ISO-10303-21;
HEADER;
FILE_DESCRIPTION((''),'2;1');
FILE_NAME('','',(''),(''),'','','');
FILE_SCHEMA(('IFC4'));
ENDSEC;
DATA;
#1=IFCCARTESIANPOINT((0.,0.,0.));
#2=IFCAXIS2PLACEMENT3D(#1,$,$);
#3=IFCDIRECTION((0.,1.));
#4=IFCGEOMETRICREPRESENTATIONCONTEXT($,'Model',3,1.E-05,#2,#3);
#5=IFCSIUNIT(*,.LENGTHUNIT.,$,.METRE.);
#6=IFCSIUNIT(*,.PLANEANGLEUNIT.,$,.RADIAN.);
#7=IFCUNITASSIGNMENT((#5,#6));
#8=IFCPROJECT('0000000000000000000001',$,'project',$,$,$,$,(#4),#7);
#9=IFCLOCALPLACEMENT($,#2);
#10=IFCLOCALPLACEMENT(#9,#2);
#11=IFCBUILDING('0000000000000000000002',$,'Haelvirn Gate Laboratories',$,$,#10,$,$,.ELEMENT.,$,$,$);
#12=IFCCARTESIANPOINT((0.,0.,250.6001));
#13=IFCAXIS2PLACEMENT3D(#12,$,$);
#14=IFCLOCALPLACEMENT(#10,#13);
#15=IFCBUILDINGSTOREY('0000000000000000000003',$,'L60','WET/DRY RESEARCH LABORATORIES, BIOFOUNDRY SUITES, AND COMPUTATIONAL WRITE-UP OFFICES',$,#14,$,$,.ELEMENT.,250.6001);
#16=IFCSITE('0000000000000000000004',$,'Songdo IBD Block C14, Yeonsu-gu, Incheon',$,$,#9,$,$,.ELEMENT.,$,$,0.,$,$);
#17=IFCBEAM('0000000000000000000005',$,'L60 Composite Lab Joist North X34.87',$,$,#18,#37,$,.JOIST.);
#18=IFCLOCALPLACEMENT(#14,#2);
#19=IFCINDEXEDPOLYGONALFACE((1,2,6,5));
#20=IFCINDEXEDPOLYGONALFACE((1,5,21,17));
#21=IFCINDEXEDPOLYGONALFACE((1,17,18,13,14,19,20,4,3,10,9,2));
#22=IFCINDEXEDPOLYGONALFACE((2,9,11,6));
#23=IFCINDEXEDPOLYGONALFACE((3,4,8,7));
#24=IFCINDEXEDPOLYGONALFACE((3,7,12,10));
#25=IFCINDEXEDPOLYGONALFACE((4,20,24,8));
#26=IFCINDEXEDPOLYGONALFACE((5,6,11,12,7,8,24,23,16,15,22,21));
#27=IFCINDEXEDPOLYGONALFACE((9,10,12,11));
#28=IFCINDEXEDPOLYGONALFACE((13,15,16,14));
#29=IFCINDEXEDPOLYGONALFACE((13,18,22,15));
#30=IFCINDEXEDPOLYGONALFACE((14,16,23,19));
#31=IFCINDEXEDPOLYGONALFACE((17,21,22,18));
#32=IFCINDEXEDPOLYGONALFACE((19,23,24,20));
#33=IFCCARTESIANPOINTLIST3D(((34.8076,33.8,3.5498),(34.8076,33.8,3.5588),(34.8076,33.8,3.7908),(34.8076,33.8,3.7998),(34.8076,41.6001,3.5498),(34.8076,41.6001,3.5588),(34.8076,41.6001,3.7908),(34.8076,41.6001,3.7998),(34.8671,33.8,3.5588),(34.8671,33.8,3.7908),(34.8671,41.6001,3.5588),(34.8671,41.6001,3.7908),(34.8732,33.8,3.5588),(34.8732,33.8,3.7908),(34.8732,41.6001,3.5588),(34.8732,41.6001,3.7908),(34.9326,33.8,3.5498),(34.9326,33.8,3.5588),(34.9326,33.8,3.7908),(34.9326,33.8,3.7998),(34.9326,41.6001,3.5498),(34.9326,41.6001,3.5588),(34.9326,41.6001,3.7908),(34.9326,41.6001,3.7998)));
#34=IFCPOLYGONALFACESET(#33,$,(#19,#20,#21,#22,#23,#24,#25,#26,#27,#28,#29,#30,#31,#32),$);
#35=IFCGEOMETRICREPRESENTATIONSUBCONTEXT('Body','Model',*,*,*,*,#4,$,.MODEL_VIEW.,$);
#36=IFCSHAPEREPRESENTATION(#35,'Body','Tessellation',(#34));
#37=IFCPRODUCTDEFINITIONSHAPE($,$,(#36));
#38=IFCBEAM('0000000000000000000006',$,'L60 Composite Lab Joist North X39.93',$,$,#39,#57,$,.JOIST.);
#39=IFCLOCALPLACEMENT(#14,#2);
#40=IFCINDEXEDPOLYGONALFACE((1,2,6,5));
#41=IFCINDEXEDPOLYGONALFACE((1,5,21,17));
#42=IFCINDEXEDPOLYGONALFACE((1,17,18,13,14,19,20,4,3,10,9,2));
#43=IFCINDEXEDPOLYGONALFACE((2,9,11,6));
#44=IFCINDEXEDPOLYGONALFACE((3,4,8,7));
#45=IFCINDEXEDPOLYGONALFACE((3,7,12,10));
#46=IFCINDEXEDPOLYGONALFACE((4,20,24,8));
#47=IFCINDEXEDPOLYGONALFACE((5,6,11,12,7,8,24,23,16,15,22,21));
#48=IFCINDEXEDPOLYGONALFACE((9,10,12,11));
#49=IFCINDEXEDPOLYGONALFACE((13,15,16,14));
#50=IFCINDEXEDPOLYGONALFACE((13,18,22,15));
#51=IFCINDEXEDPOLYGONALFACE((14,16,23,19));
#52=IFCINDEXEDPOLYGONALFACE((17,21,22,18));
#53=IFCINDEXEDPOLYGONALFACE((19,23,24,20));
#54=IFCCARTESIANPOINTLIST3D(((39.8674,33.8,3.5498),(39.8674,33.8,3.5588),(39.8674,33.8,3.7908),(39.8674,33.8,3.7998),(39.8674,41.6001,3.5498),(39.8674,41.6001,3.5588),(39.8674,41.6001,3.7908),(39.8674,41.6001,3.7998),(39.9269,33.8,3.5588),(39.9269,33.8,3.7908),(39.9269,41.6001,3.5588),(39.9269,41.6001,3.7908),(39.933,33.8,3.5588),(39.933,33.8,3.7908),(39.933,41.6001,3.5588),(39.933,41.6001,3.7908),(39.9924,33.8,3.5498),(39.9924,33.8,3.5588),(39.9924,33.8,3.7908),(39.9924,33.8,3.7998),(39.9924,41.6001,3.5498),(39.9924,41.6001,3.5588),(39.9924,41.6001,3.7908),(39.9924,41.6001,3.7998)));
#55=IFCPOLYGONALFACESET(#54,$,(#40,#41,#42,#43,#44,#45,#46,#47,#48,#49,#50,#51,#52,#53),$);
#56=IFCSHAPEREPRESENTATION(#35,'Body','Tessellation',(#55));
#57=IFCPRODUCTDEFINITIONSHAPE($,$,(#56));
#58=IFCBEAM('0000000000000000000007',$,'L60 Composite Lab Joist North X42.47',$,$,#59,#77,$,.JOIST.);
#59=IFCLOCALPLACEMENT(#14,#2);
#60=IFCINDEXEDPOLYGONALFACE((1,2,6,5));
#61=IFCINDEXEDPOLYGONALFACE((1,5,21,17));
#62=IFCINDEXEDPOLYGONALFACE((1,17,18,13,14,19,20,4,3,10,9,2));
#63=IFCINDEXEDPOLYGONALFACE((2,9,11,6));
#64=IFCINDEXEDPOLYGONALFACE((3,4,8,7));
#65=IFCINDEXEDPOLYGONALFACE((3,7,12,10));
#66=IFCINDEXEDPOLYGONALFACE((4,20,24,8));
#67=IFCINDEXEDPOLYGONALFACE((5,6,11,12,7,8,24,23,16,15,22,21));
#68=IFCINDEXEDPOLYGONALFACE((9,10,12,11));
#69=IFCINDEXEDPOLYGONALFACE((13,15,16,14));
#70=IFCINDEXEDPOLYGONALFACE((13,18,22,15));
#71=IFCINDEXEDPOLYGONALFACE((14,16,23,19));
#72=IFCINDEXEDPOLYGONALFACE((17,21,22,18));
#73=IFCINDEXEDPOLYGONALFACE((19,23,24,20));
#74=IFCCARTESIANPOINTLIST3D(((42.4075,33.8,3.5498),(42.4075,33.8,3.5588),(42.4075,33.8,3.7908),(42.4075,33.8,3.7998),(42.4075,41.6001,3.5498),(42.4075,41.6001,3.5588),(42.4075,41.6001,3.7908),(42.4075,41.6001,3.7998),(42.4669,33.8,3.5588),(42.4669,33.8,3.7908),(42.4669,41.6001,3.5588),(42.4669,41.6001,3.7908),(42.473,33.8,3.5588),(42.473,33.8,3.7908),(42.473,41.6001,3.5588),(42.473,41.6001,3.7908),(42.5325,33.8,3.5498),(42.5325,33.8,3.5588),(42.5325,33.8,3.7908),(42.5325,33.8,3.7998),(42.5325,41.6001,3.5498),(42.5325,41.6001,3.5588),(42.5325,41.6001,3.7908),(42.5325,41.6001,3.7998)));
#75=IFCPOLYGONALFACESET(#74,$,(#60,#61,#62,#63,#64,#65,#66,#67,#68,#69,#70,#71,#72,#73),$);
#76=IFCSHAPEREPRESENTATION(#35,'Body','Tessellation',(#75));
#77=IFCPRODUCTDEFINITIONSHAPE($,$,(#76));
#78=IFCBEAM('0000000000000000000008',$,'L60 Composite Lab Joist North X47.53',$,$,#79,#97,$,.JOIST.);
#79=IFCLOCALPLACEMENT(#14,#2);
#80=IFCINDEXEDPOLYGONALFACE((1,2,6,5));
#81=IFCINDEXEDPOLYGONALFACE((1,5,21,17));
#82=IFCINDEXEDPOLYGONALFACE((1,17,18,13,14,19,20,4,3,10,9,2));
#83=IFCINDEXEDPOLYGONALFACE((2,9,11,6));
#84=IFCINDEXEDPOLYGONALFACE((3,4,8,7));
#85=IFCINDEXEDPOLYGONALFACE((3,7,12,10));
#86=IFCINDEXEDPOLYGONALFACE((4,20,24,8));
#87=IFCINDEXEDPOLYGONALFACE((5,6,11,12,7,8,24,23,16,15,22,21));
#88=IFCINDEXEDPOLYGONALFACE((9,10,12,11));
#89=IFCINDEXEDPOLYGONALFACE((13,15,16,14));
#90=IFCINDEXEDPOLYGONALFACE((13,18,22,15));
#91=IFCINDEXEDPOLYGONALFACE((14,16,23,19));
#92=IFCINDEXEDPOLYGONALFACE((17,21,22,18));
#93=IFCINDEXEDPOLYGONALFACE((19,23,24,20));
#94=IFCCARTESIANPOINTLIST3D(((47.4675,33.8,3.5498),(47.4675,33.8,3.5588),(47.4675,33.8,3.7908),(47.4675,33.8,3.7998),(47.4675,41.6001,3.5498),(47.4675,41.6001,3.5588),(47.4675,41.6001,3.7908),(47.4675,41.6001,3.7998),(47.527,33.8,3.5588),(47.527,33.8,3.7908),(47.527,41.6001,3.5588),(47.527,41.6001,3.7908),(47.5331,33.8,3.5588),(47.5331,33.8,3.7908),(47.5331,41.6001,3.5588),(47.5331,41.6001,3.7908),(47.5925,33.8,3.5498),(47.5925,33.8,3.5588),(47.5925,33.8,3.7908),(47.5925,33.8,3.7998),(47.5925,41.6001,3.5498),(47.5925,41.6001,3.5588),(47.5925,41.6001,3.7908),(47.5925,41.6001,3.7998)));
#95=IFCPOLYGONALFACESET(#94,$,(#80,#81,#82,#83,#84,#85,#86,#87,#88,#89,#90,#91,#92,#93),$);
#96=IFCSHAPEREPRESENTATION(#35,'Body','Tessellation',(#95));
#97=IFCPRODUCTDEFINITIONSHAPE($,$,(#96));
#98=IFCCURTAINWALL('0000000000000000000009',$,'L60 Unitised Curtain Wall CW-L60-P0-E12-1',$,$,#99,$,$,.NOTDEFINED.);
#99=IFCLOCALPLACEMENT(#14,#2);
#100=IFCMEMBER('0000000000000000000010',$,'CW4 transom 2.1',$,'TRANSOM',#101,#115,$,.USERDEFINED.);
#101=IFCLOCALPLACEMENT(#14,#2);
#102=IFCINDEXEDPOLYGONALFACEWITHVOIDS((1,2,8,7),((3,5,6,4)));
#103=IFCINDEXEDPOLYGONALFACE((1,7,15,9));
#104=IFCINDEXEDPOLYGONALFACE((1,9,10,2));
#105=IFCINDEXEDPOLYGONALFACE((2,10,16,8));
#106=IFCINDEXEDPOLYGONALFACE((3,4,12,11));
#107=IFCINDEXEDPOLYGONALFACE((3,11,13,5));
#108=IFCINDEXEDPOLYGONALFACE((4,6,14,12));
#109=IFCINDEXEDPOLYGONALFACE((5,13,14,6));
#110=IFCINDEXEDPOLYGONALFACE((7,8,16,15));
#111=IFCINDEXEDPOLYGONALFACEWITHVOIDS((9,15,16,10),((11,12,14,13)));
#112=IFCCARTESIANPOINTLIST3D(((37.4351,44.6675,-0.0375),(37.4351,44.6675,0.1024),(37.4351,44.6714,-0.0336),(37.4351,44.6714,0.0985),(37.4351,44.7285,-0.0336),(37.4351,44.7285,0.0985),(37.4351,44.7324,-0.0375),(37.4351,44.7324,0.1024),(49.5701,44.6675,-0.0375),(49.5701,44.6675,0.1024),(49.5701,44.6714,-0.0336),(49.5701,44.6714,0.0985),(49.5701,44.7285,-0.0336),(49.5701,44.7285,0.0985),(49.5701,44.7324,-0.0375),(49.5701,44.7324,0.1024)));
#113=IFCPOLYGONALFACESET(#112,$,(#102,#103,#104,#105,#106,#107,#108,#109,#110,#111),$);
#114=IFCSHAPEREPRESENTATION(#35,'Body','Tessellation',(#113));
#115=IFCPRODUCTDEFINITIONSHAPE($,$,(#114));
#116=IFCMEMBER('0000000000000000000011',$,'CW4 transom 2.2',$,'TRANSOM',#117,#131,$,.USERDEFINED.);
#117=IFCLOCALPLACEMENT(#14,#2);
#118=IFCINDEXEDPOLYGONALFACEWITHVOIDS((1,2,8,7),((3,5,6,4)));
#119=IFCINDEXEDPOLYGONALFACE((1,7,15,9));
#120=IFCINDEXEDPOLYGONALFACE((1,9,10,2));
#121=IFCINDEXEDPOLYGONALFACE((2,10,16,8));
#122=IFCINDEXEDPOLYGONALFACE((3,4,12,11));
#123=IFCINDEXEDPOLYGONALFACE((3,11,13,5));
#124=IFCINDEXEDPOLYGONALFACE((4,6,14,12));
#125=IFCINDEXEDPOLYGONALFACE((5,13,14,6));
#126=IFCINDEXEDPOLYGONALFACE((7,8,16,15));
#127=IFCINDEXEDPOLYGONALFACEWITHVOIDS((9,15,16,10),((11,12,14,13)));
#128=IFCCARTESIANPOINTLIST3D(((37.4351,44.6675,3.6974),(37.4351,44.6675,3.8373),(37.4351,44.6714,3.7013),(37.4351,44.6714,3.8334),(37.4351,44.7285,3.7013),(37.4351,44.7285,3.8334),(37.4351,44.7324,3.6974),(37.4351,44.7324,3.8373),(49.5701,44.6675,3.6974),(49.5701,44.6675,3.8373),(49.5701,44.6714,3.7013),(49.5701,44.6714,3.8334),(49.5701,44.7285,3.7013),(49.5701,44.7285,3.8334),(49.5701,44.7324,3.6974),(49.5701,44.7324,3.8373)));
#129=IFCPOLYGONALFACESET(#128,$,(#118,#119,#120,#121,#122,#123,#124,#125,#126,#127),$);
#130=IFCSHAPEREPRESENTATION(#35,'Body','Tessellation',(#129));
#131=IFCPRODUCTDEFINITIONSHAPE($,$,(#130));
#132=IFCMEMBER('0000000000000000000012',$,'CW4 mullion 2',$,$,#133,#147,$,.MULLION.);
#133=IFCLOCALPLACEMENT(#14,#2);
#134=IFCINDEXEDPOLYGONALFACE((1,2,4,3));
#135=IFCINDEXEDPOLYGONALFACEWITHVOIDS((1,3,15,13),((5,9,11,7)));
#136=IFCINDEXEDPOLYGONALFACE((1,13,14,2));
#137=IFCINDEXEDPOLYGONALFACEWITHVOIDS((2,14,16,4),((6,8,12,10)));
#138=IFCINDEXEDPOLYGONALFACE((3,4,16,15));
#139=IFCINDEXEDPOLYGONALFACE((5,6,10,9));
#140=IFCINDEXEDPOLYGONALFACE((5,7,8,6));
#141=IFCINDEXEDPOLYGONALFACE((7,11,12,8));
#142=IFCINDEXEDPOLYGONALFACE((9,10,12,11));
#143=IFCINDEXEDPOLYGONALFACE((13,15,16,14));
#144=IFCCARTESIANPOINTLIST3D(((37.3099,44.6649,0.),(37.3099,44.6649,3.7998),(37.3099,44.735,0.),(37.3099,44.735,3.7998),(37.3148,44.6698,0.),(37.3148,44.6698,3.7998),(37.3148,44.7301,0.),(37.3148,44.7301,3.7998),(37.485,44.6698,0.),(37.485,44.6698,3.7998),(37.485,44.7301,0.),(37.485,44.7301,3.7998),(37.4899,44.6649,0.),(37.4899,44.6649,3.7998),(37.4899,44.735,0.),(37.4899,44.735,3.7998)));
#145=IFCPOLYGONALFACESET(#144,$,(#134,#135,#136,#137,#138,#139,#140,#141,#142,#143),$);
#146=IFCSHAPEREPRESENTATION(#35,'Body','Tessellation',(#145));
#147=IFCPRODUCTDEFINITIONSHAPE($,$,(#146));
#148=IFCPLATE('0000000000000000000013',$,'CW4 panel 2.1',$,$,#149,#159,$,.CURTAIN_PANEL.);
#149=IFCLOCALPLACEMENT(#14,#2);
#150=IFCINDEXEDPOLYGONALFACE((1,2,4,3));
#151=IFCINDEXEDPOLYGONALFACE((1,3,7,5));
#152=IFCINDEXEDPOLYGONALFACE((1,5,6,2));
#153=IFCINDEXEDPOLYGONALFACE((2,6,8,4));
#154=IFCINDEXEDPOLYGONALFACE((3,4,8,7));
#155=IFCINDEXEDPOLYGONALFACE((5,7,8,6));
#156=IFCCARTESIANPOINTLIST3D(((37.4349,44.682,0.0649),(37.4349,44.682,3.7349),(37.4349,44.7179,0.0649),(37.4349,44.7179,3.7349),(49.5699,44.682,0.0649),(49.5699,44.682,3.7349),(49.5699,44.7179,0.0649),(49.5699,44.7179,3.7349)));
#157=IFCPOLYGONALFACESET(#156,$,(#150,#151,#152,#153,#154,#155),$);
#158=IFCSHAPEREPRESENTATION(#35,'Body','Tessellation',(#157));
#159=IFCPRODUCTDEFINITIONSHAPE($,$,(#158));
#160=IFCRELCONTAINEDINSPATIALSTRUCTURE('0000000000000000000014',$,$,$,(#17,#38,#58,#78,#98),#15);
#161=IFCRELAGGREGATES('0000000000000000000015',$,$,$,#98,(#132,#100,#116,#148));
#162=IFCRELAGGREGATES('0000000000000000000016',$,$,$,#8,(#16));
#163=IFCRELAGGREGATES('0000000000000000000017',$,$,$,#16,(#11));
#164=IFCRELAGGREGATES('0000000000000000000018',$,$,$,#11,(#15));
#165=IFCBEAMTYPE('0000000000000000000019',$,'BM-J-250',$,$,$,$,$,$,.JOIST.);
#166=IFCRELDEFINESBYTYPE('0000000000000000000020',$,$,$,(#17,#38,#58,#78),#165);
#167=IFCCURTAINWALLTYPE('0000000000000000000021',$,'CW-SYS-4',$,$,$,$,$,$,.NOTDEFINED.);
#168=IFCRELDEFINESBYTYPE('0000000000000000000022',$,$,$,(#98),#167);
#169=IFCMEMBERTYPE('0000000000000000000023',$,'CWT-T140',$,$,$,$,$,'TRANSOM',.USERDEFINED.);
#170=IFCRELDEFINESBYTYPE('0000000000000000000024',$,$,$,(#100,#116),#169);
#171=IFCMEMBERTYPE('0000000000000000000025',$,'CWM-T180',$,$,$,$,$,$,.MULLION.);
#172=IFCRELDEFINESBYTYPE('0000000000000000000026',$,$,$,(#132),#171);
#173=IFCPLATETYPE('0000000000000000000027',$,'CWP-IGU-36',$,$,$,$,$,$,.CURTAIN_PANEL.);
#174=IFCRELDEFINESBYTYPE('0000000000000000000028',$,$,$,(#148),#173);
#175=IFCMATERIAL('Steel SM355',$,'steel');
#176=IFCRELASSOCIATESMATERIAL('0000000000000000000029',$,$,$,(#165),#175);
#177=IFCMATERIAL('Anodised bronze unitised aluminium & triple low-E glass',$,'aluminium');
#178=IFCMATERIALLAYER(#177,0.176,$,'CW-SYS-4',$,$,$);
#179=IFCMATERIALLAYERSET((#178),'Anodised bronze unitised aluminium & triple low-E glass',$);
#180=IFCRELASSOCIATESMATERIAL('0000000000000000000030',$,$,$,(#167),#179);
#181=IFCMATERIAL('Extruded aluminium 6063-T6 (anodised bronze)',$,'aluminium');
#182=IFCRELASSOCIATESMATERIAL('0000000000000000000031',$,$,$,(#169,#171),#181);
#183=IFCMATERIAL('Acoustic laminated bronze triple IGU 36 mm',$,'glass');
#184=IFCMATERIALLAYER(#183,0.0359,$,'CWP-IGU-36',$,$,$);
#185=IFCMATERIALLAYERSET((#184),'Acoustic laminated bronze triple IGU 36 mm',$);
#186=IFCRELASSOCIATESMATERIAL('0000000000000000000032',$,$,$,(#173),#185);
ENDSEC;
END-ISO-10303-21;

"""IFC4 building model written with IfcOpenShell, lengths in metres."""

from ifc_helpers import new_model, si_unit, direction, frame, origin, origin_2d, place, context, subcontext, project, spatial, rectangle, hollow_rectangle, i_section, extrude, source, transform, mapped, material, layer, layer_set, material_profile, profile_set, type_object, type_shapes, element, aggregate, save


model = new_model("IFC4")

# Units and contexts
model_context = context("Model", 3, precision=1e-05, world=origin(), true_north=direction((0.0, 1.0)))
body_context = subcontext(model_context, "Body", "Model", "MODEL_VIEW")
ifc_project = project(units=[si_unit("LENGTHUNIT", "METRE"), si_unit("PLANEANGLEUNIT", "RADIAN")], contexts=[model_context])

# Site, building, storey
site_placement = place(None, origin())
site = spatial("IfcSite", under=ifc_project, at=site_placement, Name="Songdo IBD Block C14, Yeonsu-gu, Incheon", CompositionType="ELEMENT", RefElevation=0.0)
building_placement = place(site_placement, origin())
building = spatial("IfcBuilding", under=site, at=building_placement, Name="Haelvirn Gate Laboratories", CompositionType="ELEMENT")
storey_placement = place(building_placement, frame((0.0, 0.0, 250.6001)))
storey = spatial("IfcBuildingStorey", under=building, at=storey_placement, Name="L60", Description="WET/DRY RESEARCH LABORATORIES, BIOFOUNDRY SUITES, AND COMPUTATIONAL WRITE-UP OFFICES", CompositionType="ELEMENT", Elevation=250.6001)

# Shared definitions
ifc_material_1 = material(Name="Steel SM355", Category="steel")

# Beams
ifc_material_profile_1 = material_profile(ifc_material_1, i_section(OverallWidth=0.125, OverallDepth=0.25, WebThickness=0.0061, FlangeThickness=0.009, at=origin_2d()), Name="H-250x125x6x9")
ifc_profile_set_1 = profile_set([ifc_material_profile_1], Name="Steel SM355")
beam_type_1 = type_object("IfcBeamType", Name="BM-J-250", PredefinedType="JOIST", material=ifc_profile_set_1)
shared_shape_1 = source(origin(), body_context, "Body", "SweptSolid", [
    extrude(i_section(OverallWidth=0.125, OverallDepth=0.25, WebThickness=0.0061, FlangeThickness=0.009, at=origin_2d()), origin(), (0.0, 0.0, 1.0), 7.8),
])
type_shapes(beam_type_1, [shared_shape_1])
for number, where, z_axis, x_axis, name in (
    (1, (34.8701, 33.8, 3.6748), (0.0, 1.0, 0.0), (-1.0, 0.0, 0.0), "L60 Composite Lab Joist North X34.87"),
    (2, (39.9299, 33.8, 3.6748), (0.0, 1.0, 0.0), (-1.0, 0.0, 0.0), "L60 Composite Lab Joist North X39.93"),
    (3, (42.47, 33.8, 3.6748), (0.0, 1.0, 0.0), (-1.0, 0.0, 0.0), "L60 Composite Lab Joist North X42.47"),
    (4, (47.53, 33.8, 3.6748), (0.0, 1.0, 0.0), (-1.0, 0.0, 0.0), "L60 Composite Lab Joist North X47.53"),
):
    element("IfcBeam", number, at=place(storey_placement, frame(where, z_axis=z_axis, x_axis=x_axis)), inside=storey, type_object=beam_type_1, Name=name, PredefinedType="JOIST", context=body_context, shape_type="MappedRepresentation", body=[
        mapped(shared_shape_1, transform((0.0, 0.0, 0.0), scale=1.0)),
    ])

# Curtain wall, members, plate
ifc_material_2 = material(Name="Anodised bronze unitised aluminium & triple low-E glass", Category="aluminium")
ifc_layer_1 = layer(ifc_material_2, 0.176, Name="CW-SYS-4")
ifc_layer_set_1 = layer_set([ifc_layer_1], Name="Anodised bronze unitised aluminium & triple low-E glass")
curtain_wall_type = type_object("IfcCurtainWallType", Name="CW-SYS-4", PredefinedType="NOTDEFINED", material=ifc_layer_set_1)
curtain_wall_placement = place(storey_placement, origin())
curtain_wall = element("IfcCurtainWall", 5, at=curtain_wall_placement, inside=storey, type_object=curtain_wall_type, Name="L60 Unitised Curtain Wall CW-L60-P0-E12-1", PredefinedType="NOTDEFINED")
ifc_material_3 = material(Name="Extruded aluminium 6063-T6 (anodised bronze)", Category="aluminium")
ifc_material_profile_2 = material_profile(ifc_material_3, hollow_rectangle(XDim=0.0649, YDim=0.1399, WallThickness=0.0039, at=origin_2d()), Name="CWT-140x65x4")
ifc_profile_set_2 = profile_set([ifc_material_profile_2], Name="Extruded aluminium 6063-T6 (anodised bronze)")
member_type_1 = type_object("IfcMemberType", Name="CWT-T140", ElementType="TRANSOM", PredefinedType="USERDEFINED", material=ifc_profile_set_2)
shared_shape_2 = source(origin(), body_context, "Body", "SweptSolid", [
    extrude(hollow_rectangle(XDim=0.0649, YDim=0.1399, WallThickness=0.0039, at=origin_2d()), origin(), (0.0, 0.0, 1.0), 12.135),
])
type_shapes(member_type_1, [shared_shape_2])
member_1_placement = place(storey_placement, frame((37.4351, 44.7, 0.0325), z_axis=(1.0, 0.0, 0.0), x_axis=(0.0, 1.0, 0.0)))
member_1 = element("IfcMember", 6, at=member_1_placement, type_object=member_type_1, Name="CW4 transom 2.1", ObjectType="TRANSOM", PredefinedType="USERDEFINED", context=body_context, shape_type="MappedRepresentation", body=[
    mapped(shared_shape_2, transform((0.0, 0.0, 0.0), scale=1.0)),
])
member_2_placement = place(storey_placement, frame((37.4351, 44.7, 3.7673), z_axis=(1.0, 0.0, 0.0), x_axis=(0.0, 1.0, 0.0)))
member_2 = element("IfcMember", 7, at=member_2_placement, type_object=member_type_1, Name="CW4 transom 2.2", ObjectType="TRANSOM", PredefinedType="USERDEFINED", context=body_context, shape_type="MappedRepresentation", body=[
    mapped(shared_shape_2, transform((0.0, 0.0, 0.0), scale=1.0)),
])
ifc_material_profile_3 = material_profile(ifc_material_3, hollow_rectangle(XDim=0.0701, YDim=0.1799, WallThickness=0.0049, at=origin_2d()), Name="CWM-180x70x5")
ifc_profile_set_3 = profile_set([ifc_material_profile_3], Name="Extruded aluminium 6063-T6 (anodised bronze)")
member_type_2 = type_object("IfcMemberType", Name="CWM-T180", PredefinedType="MULLION", material=ifc_profile_set_3)
shared_shape_3 = source(origin(), body_context, "Body", "SweptSolid", [
    extrude(hollow_rectangle(XDim=0.0701, YDim=0.1799, WallThickness=0.0049, at=origin_2d()), origin(), (0.0, 0.0, 1.0), 3.7998),
])
type_shapes(member_type_2, [shared_shape_3])
member_3_placement = place(storey_placement, frame((37.3999, 44.7, 0.0), z_axis=(0.0, 0.0, 1.0), x_axis=(0.0, 1.0, 0.0)))
member_3 = element("IfcMember", 8, at=member_3_placement, type_object=member_type_2, Name="CW4 mullion 2", PredefinedType="MULLION", context=body_context, shape_type="MappedRepresentation", body=[
    mapped(shared_shape_3, transform((0.0, 0.0, 0.0), scale=1.0)),
])
ifc_material_4 = material(Name="Acoustic laminated bronze triple IGU 36 mm", Category="glass")
ifc_layer_2 = layer(ifc_material_4, 0.0359, Name="CWP-IGU-36")
ifc_layer_set_2 = layer_set([ifc_layer_2], Name="Acoustic laminated bronze triple IGU 36 mm")
plate_type = type_object("IfcPlateType", Name="CWP-IGU-36", PredefinedType="CURTAIN_PANEL", material=ifc_layer_set_2)
shared_shape_4 = source(origin(), body_context, "Body", "SweptSolid", [
    extrude(rectangle(XDim=12.135, YDim=0.0359, at=origin_2d()), origin(), (0.0, 0.0, 1.0), 3.6699),
])
type_shapes(plate_type, [shared_shape_4])
plate_placement = place(storey_placement, frame((43.5024, 44.7, 0.0649), z_axis=(0.0, 0.0, 1.0), x_axis=(1.0, 0.0, 0.0)))
plate = element("IfcPlate", 9, at=plate_placement, type_object=plate_type, Name="CW4 panel 2.1", PredefinedType="CURTAIN_PANEL", context=body_context, shape_type="MappedRepresentation", body=[
    mapped(shared_shape_4, transform((0.0, 0.0, 0.0), scale=1.0)),
])
aggregate(curtain_wall, [member_3, member_1, member_2, plate])

save(model, "model.ifc")
